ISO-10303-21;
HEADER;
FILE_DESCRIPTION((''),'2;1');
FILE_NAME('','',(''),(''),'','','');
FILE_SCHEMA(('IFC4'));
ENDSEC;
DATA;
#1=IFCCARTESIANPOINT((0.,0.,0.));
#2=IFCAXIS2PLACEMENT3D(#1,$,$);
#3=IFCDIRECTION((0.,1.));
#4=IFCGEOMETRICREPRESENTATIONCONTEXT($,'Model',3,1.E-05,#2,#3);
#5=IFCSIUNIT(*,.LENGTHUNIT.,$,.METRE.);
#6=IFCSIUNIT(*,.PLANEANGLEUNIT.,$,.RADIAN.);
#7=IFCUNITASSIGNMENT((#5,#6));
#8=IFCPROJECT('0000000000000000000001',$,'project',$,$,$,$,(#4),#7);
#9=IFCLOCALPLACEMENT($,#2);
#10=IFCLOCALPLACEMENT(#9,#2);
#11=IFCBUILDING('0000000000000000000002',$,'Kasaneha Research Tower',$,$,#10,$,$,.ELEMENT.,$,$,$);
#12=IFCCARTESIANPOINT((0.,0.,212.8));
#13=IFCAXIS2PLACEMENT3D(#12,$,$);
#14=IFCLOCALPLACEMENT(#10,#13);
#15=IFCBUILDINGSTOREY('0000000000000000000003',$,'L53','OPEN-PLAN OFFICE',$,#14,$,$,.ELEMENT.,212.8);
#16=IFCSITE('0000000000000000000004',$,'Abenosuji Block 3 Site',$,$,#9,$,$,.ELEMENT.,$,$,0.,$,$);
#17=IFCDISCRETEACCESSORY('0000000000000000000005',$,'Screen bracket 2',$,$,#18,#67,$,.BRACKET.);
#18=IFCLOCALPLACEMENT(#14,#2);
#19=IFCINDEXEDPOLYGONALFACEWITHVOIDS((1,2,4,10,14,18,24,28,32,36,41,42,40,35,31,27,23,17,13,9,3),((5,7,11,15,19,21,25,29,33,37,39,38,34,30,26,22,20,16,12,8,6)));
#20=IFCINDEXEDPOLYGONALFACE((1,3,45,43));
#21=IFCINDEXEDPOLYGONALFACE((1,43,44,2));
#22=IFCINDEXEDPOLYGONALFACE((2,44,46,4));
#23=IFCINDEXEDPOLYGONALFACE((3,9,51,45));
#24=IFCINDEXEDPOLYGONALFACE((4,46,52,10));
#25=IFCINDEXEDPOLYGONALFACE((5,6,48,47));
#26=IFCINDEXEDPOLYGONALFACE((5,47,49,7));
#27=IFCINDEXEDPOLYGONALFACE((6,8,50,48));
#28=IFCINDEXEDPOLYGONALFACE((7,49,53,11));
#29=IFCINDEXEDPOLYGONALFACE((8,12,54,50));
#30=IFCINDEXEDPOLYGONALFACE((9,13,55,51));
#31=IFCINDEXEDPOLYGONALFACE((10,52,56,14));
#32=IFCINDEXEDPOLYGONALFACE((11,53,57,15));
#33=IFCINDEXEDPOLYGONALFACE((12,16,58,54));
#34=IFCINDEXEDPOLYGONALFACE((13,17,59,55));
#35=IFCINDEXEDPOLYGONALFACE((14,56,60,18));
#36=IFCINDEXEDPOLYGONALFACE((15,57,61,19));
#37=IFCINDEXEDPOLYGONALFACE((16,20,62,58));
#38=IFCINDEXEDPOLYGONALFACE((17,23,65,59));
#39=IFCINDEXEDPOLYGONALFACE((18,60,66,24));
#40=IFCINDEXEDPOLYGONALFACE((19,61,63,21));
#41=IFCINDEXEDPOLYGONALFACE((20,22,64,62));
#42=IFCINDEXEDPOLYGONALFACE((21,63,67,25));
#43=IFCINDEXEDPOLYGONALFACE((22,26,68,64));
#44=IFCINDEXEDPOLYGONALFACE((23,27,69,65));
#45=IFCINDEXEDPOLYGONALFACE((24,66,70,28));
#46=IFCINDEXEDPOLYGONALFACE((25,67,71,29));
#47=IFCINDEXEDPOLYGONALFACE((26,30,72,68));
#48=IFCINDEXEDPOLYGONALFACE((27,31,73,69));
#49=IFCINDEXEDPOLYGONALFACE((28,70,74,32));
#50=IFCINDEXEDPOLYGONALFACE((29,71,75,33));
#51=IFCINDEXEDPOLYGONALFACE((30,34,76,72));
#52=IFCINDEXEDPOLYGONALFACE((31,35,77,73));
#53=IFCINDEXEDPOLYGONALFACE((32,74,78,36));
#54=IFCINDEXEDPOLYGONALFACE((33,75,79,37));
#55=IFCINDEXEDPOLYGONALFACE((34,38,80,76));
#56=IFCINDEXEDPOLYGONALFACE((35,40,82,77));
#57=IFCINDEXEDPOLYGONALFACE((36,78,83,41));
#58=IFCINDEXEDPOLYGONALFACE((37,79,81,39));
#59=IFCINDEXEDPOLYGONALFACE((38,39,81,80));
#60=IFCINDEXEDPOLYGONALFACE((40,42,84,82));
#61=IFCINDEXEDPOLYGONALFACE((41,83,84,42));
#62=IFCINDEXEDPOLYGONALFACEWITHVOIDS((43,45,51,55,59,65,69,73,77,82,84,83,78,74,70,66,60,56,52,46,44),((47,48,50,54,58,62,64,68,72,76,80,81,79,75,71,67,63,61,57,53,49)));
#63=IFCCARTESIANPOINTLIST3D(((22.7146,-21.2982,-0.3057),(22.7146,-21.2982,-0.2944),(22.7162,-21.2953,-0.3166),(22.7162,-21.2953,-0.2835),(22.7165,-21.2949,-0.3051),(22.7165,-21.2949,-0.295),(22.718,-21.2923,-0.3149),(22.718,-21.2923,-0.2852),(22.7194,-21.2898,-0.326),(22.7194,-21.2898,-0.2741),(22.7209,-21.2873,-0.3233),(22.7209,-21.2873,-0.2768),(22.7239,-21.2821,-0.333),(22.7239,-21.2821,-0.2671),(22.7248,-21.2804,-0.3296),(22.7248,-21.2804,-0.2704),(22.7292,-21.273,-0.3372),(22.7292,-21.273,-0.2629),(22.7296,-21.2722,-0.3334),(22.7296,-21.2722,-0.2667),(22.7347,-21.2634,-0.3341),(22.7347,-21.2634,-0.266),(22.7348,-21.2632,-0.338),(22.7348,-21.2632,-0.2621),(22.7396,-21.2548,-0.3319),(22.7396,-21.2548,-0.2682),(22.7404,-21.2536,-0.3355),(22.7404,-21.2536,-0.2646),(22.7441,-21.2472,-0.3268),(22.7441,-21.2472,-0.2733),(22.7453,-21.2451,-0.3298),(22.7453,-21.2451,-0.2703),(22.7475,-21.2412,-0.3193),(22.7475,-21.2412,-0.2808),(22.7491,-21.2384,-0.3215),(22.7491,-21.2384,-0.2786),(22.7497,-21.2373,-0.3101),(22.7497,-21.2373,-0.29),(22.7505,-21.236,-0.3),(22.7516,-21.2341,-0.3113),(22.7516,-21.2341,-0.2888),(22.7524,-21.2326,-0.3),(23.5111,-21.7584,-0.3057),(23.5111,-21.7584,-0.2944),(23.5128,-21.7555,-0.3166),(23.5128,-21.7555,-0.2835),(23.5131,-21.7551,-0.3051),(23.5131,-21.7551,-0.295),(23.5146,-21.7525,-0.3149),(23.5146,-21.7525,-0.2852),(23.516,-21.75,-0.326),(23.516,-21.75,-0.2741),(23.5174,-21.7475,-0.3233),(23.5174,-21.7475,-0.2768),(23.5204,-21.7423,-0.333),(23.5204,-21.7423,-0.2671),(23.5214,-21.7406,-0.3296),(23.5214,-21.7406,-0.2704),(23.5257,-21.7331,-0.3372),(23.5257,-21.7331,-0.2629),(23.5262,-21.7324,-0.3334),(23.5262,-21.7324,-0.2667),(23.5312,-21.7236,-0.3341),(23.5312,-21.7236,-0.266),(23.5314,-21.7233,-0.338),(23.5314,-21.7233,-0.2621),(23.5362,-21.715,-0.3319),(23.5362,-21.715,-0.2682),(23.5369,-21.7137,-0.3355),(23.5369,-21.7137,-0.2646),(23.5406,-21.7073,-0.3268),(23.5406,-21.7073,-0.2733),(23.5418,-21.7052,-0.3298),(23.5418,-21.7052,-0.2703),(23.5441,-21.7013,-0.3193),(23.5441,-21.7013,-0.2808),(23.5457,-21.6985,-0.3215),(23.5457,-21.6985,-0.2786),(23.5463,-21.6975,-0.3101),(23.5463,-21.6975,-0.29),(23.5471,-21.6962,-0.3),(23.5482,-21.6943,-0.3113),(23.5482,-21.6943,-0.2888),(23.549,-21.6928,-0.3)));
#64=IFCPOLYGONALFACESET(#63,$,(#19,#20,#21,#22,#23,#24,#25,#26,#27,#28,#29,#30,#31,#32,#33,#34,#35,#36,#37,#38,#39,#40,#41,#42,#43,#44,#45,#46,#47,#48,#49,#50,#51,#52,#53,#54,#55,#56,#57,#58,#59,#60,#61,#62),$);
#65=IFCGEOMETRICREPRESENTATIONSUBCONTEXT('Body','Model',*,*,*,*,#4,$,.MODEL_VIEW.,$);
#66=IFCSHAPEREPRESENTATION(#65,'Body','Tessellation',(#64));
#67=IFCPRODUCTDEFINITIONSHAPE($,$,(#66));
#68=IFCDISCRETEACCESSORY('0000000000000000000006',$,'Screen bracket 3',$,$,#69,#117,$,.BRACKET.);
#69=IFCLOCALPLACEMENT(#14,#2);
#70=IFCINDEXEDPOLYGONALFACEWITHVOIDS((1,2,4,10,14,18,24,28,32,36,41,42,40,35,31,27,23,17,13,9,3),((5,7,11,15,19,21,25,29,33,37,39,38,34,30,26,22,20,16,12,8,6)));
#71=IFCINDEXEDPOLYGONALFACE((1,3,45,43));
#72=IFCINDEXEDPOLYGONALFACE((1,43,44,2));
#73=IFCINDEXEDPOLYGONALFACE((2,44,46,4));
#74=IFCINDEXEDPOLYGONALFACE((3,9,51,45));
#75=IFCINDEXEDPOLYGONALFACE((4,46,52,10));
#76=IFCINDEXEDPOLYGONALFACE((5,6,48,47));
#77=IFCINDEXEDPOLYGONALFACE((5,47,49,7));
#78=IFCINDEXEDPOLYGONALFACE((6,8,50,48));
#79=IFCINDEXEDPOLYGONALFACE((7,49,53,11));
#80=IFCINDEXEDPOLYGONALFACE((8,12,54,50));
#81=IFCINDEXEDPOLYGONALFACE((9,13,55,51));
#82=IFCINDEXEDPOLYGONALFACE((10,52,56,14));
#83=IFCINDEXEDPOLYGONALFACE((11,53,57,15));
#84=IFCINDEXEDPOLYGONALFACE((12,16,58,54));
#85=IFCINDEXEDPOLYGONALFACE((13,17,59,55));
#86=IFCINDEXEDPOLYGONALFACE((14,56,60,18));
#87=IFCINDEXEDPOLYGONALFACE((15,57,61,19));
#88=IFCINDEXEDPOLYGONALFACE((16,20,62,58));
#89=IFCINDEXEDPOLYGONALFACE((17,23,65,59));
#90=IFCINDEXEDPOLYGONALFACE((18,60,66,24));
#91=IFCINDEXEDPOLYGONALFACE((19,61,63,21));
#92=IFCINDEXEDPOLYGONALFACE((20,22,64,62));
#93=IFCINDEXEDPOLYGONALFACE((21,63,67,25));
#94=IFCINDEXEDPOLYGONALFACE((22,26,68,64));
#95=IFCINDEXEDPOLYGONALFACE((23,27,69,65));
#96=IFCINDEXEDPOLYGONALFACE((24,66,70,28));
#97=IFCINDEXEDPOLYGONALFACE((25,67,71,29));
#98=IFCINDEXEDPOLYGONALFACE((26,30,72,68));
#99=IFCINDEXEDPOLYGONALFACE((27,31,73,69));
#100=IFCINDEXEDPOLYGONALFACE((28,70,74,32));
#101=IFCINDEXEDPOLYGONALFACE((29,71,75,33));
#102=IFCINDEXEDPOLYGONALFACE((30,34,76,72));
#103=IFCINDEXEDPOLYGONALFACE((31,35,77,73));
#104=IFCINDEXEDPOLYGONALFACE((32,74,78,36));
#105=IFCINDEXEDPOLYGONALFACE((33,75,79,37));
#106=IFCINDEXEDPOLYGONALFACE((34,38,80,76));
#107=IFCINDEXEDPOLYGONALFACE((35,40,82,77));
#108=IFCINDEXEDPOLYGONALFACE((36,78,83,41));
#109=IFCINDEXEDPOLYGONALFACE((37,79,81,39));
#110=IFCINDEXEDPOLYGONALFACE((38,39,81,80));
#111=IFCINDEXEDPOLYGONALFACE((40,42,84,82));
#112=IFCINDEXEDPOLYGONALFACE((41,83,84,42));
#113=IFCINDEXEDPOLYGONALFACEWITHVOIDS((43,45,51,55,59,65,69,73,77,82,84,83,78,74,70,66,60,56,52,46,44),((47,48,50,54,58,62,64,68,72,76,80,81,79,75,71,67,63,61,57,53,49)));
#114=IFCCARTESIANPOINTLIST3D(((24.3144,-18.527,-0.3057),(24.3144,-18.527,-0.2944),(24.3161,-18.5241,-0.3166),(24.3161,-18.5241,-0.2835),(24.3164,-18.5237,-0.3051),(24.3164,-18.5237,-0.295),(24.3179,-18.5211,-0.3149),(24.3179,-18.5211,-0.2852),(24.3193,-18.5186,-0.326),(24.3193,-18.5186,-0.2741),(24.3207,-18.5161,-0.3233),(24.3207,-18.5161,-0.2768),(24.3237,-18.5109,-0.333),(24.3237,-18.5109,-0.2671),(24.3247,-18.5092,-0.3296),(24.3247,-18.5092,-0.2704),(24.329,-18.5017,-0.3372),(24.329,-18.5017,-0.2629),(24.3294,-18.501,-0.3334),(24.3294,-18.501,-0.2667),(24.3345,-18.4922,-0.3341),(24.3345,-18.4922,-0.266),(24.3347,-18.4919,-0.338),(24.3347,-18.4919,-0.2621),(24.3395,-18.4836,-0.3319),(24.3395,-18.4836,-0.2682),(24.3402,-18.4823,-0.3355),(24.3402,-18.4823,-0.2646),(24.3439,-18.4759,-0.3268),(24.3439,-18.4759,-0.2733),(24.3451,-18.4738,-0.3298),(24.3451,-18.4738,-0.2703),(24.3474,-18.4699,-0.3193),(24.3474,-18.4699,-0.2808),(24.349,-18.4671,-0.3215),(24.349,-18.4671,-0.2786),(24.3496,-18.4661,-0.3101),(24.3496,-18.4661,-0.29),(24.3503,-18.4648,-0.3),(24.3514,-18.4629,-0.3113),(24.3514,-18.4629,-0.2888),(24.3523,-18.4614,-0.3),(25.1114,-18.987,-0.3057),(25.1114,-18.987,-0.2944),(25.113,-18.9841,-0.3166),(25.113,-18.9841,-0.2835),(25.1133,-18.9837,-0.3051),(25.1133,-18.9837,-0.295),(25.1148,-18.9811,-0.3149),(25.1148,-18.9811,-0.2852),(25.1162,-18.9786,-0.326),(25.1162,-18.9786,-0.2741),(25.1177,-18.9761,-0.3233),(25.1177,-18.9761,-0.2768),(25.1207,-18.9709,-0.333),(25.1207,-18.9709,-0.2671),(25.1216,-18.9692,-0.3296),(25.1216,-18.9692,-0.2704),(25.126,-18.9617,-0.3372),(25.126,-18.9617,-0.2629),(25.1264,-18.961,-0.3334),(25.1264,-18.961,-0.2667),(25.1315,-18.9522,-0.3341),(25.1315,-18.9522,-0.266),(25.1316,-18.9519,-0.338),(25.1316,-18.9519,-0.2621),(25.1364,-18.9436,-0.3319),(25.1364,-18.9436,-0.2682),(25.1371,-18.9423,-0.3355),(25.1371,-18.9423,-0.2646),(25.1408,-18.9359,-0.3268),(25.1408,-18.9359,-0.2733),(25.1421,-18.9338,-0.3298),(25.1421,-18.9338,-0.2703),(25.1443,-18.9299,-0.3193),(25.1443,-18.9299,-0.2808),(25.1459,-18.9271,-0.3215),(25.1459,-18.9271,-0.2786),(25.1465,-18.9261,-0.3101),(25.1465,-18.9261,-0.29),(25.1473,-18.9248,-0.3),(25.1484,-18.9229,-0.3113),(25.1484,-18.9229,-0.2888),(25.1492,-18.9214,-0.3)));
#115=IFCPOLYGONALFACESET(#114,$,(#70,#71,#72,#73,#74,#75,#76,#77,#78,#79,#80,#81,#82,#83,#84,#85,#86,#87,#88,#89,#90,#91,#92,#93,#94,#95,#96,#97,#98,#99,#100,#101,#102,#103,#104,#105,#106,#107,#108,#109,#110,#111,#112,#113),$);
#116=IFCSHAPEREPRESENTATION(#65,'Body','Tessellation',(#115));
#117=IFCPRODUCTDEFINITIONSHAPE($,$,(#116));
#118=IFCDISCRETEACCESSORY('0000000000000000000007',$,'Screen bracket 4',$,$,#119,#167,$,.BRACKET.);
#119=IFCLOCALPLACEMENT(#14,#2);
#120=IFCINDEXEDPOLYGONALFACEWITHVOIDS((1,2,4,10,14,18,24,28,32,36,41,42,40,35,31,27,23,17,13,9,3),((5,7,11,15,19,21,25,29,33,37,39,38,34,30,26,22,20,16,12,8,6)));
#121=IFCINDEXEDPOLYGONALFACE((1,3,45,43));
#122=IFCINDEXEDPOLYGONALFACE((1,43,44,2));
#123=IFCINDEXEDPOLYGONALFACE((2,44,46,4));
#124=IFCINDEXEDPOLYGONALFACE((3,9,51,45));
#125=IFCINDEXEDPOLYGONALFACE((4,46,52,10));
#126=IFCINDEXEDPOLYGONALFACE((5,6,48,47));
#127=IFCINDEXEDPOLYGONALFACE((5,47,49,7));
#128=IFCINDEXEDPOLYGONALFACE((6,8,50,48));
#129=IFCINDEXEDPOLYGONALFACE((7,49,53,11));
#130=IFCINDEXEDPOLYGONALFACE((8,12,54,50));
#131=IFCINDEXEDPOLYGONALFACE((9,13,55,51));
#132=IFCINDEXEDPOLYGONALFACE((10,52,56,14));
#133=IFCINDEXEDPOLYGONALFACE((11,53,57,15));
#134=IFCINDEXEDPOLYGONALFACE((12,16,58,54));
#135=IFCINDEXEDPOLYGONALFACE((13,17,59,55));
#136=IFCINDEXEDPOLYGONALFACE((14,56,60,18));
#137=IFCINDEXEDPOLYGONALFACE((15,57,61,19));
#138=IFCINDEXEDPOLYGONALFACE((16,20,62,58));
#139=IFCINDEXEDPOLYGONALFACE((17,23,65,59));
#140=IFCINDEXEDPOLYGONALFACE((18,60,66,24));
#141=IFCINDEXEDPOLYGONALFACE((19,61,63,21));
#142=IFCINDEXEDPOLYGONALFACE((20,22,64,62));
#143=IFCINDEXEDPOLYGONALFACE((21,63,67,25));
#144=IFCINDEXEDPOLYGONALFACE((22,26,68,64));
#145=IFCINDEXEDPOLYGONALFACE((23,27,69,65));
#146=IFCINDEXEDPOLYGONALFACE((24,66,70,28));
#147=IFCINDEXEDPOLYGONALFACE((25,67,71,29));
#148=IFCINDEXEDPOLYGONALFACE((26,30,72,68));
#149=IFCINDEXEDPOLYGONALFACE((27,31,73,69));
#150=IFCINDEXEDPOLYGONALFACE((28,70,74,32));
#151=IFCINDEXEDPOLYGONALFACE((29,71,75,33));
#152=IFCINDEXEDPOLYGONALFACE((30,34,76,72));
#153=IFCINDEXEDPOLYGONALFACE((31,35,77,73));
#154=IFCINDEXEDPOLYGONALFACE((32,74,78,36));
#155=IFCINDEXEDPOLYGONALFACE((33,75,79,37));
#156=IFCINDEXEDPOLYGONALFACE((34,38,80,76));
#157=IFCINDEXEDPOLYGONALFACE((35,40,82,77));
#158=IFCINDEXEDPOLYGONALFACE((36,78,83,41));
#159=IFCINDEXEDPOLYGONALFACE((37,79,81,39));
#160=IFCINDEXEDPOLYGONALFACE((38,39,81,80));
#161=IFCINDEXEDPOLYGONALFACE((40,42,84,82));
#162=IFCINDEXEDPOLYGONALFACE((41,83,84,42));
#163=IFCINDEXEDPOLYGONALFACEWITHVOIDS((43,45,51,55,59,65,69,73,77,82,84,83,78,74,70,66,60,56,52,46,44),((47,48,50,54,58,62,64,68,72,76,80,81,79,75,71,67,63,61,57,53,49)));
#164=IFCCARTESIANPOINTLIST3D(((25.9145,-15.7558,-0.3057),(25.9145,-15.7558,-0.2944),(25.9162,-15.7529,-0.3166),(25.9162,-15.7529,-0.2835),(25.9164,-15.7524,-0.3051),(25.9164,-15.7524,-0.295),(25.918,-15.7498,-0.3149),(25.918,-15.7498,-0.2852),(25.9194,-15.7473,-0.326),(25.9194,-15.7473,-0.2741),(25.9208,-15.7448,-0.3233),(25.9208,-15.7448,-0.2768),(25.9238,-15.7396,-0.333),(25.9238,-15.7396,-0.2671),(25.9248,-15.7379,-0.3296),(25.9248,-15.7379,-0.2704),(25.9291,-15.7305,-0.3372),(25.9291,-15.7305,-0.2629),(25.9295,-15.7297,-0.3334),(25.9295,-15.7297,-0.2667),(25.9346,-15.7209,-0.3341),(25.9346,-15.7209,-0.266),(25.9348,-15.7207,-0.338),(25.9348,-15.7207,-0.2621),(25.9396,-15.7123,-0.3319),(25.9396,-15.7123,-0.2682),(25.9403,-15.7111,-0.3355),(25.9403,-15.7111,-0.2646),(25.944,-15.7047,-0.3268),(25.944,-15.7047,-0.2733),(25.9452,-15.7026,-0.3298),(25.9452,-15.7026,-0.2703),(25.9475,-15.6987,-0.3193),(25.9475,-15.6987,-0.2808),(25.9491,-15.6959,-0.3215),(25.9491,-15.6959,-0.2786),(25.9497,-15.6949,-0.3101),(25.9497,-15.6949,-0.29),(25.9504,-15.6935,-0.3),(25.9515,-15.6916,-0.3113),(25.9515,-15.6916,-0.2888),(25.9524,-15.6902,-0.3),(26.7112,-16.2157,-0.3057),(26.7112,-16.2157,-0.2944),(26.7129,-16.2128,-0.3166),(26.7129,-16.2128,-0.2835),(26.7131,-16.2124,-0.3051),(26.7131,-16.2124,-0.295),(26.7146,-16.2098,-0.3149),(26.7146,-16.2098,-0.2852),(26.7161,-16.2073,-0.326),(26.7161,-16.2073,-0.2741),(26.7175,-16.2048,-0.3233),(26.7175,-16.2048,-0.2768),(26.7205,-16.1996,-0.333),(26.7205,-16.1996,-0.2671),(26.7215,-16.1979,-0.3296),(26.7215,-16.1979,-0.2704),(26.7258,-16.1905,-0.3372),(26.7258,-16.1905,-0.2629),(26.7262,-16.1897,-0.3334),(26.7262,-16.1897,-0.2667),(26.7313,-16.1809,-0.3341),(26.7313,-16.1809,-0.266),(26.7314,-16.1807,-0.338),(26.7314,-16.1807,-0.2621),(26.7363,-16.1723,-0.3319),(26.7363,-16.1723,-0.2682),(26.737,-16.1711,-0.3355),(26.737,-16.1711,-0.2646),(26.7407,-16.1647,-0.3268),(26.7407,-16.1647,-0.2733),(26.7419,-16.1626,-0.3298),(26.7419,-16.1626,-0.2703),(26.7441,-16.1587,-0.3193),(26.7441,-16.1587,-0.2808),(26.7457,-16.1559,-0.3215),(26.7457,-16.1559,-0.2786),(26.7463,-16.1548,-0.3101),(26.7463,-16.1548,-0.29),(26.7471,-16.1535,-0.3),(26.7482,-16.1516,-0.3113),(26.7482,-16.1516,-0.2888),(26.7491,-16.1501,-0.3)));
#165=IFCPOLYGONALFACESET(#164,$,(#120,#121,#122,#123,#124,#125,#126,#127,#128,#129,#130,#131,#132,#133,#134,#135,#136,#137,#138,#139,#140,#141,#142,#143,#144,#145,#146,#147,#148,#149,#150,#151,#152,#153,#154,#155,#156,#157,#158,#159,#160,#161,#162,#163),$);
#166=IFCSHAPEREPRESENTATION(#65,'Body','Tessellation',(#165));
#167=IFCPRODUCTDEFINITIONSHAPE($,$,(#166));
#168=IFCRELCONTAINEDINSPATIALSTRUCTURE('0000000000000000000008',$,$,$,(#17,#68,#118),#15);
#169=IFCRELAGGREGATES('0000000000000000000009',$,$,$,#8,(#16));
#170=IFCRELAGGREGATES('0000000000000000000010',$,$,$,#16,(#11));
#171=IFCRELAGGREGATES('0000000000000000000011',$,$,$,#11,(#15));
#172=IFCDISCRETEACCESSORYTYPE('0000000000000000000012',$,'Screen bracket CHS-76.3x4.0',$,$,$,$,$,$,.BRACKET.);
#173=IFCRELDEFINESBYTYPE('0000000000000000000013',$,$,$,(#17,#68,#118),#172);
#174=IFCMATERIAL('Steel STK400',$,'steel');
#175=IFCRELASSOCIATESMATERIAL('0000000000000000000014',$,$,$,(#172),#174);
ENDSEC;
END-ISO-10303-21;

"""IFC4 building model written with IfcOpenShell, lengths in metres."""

from ifc_helpers import new_model, si_unit, direction, frame, origin, origin_2d, place, context, subcontext, project, spatial, hollow_circle, extrude, material, material_profile, profile_set, type_object, element, save


model = new_model("IFC4")

# Units and contexts
model_context = context("Model", 3, precision=1e-05, world=origin(), true_north=direction((0.0, 1.0)))
body_context = subcontext(model_context, "Body", "Model", "MODEL_VIEW")
ifc_project = project(units=[si_unit("LENGTHUNIT", "METRE"), si_unit("PLANEANGLEUNIT", "RADIAN")], contexts=[model_context])

# Site, building, storey
site_placement = place(None, origin())
site = spatial("IfcSite", under=ifc_project, at=site_placement, Name="Abenosuji Block 3 Site", CompositionType="ELEMENT", RefElevation=0.0)
building_placement = place(site_placement, origin())
building = spatial("IfcBuilding", under=site, at=building_placement, Name="Kasaneha Research Tower", CompositionType="ELEMENT")
storey_placement = place(building_placement, frame((0.0, 0.0, 212.8)))
storey = spatial("IfcBuildingStorey", under=building, at=storey_placement, Name="L53", Description="OPEN-PLAN OFFICE", CompositionType="ELEMENT", Elevation=212.8)

# Discrete accessories
ifc_material_1 = material(Name="Steel STK400", Category="steel")
ifc_material_profile_1 = material_profile(ifc_material_1, hollow_circle(Radius=0.0381, WallThickness=0.0039, at=origin_2d()), Name="CHS-76.3x4.0")
ifc_profile_set_1 = profile_set([ifc_material_profile_1], Name="Steel STK400")
discrete_accessory_type = type_object("IfcDiscreteAccessoryType", Name="Screen bracket CHS-76.3x4.0", PredefinedType="BRACKET", material=ifc_profile_set_1)
discrete_accessory_1_placement = place(storey_placement, frame((22.7334, -21.2656, -0.3), z_axis=(0.865898, -0.50022, 0.0), x_axis=(0.50022, 0.865898, 0.0)))
element("IfcDiscreteAccessory", 1, at=discrete_accessory_1_placement, inside=storey, type_object=discrete_accessory_type, Name="Screen bracket 2", PredefinedType="BRACKET", context=body_context, shape_type="SweptSolid", body=[
    extrude(hollow_circle(Radius=0.0381, WallThickness=0.0039, at=origin_2d()), origin(), (0.0, 0.0, 1.0), 0.9199),
])
discrete_accessory_2_placement = place(storey_placement, frame((24.3333, -18.4944, -0.3), z_axis=(0.86608, -0.499906, 0.0), x_axis=(0.499906, 0.86608, 0.0)))
element("IfcDiscreteAccessory", 2, at=discrete_accessory_2_placement, inside=storey, type_object=discrete_accessory_type, Name="Screen bracket 3", PredefinedType="BRACKET", context=body_context, shape_type="SweptSolid", body=[
    extrude(hollow_circle(Radius=0.0381, WallThickness=0.0039, at=origin_2d()), origin(), (0.0, 0.0, 1.0), 0.9202),
])
discrete_accessory_3_placement = place(storey_placement, frame((25.9333, -15.7231, -0.3), z_axis=(0.866013, -0.500021, 0.0), x_axis=(0.500021, 0.866013, 0.0)))
element("IfcDiscreteAccessory", 3, at=discrete_accessory_3_placement, inside=storey, type_object=discrete_accessory_type, Name="Screen bracket 4", PredefinedType="BRACKET", context=body_context, shape_type="SweptSolid", body=[
    extrude(hollow_circle(Radius=0.0381, WallThickness=0.0039, at=origin_2d()), origin(), (0.0, 0.0, 1.0), 0.9199),
])

save(model, "model.ifc")
